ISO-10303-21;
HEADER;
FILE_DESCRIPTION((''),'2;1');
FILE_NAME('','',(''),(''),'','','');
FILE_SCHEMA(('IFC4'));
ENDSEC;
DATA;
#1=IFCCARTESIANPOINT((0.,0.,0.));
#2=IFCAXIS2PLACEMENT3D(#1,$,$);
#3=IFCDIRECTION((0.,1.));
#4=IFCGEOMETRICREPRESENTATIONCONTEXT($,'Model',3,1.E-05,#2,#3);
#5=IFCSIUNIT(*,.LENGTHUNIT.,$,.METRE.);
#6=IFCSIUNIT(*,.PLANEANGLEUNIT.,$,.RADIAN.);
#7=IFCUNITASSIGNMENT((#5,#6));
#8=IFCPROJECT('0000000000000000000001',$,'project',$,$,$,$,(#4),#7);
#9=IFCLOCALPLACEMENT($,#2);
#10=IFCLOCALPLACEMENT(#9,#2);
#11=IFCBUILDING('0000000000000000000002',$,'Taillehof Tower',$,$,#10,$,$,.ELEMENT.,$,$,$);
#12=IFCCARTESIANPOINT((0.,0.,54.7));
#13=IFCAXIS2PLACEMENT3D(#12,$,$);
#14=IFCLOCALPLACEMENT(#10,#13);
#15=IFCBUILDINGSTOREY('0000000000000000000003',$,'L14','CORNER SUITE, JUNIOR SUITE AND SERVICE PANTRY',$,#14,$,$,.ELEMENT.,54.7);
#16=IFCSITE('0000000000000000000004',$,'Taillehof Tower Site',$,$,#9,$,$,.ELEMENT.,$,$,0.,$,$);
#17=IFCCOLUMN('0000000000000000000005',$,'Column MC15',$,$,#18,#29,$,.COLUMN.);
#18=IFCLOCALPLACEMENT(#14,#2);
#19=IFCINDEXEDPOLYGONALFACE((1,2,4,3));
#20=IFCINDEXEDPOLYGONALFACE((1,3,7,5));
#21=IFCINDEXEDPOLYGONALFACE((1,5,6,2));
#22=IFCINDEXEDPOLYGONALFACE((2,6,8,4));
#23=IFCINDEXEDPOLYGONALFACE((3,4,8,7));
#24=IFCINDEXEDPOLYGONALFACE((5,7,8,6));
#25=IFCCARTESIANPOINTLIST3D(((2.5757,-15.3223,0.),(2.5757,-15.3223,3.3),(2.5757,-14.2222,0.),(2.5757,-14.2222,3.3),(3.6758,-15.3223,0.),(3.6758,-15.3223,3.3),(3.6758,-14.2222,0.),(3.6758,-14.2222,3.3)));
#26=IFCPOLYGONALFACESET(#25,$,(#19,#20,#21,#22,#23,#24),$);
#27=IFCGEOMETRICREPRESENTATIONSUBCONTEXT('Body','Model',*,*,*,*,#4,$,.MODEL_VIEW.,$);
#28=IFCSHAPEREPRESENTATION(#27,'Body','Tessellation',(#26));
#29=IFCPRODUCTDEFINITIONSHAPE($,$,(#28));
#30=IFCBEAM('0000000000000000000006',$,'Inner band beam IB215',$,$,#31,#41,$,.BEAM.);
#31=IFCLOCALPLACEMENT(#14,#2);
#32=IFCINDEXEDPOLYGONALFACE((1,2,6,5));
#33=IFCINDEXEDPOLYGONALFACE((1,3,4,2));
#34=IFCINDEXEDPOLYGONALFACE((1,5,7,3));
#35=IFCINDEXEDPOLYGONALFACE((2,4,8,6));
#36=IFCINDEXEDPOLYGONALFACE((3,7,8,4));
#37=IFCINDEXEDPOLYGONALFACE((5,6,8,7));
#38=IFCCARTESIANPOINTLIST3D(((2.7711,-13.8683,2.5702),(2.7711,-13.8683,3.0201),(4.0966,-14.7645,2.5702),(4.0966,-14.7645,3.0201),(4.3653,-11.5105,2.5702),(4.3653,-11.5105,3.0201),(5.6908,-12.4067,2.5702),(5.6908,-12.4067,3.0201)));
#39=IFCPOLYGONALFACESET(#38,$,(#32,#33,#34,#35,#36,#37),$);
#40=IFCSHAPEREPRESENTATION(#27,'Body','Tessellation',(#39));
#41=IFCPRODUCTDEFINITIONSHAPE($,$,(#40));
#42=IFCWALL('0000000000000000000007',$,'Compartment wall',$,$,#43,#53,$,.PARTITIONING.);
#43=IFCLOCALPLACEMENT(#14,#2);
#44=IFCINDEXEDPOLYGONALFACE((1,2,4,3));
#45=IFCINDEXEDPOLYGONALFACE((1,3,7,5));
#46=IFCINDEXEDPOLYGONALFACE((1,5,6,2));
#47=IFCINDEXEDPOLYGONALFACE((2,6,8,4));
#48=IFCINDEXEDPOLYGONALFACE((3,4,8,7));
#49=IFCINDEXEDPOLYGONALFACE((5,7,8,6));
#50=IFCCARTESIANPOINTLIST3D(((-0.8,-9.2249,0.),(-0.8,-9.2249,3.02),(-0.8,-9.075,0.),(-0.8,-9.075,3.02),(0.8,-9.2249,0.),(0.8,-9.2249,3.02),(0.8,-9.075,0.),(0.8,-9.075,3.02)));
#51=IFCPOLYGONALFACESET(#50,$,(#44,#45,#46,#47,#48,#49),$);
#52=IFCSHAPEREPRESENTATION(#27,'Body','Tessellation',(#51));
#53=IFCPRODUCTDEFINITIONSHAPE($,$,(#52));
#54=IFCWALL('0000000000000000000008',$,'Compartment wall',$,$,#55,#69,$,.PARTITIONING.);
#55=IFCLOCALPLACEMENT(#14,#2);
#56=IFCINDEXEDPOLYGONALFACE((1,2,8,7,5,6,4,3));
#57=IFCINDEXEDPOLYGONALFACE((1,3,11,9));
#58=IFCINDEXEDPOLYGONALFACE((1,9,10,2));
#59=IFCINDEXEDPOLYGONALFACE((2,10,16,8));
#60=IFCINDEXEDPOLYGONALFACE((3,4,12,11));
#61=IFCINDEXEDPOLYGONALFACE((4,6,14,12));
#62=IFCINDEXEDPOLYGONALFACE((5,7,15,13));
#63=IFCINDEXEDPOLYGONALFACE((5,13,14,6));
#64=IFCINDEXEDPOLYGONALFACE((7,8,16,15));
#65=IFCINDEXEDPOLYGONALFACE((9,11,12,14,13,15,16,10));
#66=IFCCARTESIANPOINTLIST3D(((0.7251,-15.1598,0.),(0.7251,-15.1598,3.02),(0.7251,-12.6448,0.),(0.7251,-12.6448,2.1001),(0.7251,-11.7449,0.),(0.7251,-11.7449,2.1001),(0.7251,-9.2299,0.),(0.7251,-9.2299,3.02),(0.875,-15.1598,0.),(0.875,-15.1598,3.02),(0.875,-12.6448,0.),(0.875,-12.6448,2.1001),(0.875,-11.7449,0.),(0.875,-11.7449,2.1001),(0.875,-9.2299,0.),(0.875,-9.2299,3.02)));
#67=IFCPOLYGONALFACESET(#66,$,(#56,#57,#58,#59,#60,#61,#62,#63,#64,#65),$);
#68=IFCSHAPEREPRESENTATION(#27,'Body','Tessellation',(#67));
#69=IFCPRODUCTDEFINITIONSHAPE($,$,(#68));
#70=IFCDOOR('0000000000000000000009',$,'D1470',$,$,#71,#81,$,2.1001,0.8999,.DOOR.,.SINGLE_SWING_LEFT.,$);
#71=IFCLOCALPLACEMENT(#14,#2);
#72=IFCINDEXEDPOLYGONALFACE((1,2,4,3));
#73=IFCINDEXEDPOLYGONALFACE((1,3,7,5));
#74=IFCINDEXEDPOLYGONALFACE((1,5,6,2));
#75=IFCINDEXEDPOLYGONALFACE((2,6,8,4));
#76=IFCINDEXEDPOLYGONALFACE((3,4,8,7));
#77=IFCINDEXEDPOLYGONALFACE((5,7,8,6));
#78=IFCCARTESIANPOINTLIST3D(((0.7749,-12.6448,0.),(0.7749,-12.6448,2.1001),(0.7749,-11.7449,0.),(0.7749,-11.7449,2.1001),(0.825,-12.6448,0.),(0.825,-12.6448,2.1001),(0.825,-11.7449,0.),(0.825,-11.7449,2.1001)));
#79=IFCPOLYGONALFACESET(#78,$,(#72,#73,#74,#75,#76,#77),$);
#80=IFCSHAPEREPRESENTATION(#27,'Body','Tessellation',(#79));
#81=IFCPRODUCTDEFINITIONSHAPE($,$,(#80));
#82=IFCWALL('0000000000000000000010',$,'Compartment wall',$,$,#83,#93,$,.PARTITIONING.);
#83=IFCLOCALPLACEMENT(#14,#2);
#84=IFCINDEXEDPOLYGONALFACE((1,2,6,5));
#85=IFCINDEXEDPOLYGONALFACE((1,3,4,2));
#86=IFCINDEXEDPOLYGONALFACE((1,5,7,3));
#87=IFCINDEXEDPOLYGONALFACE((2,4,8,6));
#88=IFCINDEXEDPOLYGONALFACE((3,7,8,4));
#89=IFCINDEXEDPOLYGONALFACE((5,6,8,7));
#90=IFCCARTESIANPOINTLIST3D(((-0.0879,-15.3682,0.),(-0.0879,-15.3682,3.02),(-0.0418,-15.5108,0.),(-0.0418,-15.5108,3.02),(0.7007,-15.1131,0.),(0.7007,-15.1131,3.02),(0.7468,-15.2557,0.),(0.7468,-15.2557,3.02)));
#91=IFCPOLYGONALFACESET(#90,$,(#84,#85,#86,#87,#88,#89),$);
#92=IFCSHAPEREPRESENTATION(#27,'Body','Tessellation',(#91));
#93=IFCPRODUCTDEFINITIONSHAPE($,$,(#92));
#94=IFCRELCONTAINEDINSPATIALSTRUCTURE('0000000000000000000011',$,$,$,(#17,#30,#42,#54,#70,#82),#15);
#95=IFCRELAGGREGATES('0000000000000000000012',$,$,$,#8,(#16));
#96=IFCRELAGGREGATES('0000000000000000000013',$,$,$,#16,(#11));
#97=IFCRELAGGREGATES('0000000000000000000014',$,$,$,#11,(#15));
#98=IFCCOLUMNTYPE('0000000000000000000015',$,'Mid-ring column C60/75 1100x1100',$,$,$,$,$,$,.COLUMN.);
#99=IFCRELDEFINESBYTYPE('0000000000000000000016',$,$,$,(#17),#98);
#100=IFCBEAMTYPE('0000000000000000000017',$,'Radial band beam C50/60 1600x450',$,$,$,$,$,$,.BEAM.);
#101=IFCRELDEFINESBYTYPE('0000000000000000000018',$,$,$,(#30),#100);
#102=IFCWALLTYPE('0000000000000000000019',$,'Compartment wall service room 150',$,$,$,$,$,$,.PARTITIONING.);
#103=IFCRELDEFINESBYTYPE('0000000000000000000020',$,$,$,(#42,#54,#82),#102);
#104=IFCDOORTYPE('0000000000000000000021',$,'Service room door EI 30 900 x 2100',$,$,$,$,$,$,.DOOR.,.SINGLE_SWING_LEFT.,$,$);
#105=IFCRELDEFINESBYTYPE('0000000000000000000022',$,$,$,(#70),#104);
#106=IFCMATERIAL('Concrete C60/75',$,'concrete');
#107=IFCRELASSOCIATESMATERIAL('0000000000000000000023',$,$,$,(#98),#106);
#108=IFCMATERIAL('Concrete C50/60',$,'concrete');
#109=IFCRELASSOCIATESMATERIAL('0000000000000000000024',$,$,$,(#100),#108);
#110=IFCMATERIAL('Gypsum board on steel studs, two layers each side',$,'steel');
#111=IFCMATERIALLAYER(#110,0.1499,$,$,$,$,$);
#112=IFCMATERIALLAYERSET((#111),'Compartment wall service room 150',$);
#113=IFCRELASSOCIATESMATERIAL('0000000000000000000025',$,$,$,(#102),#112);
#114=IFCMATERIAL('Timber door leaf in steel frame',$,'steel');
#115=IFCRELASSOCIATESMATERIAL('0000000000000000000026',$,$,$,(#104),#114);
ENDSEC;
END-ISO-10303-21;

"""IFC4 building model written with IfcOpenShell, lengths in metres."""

from ifc_helpers import new_model, si_unit, direction, frame, frame_2d, origin, origin_2d, place, context, subcontext, project, spatial, rectangle, extrude, material, layer, layer_set, material_profile, profile_set, type_object, element, fill, save


model = new_model("IFC4")

# Units and contexts
model_context = context("Model", 3, precision=1e-05, world=origin(), true_north=direction((0.0, 1.0)))
body_context = subcontext(model_context, "Body", "Model", "MODEL_VIEW")
ifc_project = project(units=[si_unit("LENGTHUNIT", "METRE"), si_unit("PLANEANGLEUNIT", "RADIAN")], contexts=[model_context])

# Site, building, storey
site_placement = place(None, origin())
site = spatial("IfcSite", under=ifc_project, at=site_placement, Name="Taillehof Tower Site", CompositionType="ELEMENT", RefElevation=0.0)
building_placement = place(site_placement, origin())
building = spatial("IfcBuilding", under=site, at=building_placement, Name="Taillehof Tower", CompositionType="ELEMENT")
storey_placement = place(building_placement, frame((0.0, 0.0, 54.7)))
storey = spatial("IfcBuildingStorey", under=building, at=storey_placement, Name="L14", Description="CORNER SUITE, JUNIOR SUITE AND SERVICE PANTRY", CompositionType="ELEMENT", Elevation=54.7)

# Column
ifc_material_1 = material(Name="Concrete C60/75", Category="concrete")
ifc_material_profile_1 = material_profile(ifc_material_1, rectangle(XDim=1.1001, YDim=1.1001, at=origin_2d()), Name="RC 1100x1100")
ifc_profile_set_1 = profile_set([ifc_material_profile_1], Name="Concrete C60/75")
column_type = type_object("IfcColumnType", Name="Mid-ring column C60/75 1100x1100", PredefinedType="COLUMN", material=ifc_profile_set_1)
column_placement = place(storey_placement, frame((3.1257, -14.7722, 0.0), z_axis=(0.0, 0.0, 1.0), x_axis=(1.0, 0.0, 0.0)))
element("IfcColumn", 1, at=column_placement, inside=storey, type_object=column_type, Name="Column MC15", PredefinedType="COLUMN", context=body_context, shape_type="SweptSolid", body=[
    extrude(rectangle(XDim=1.1001, YDim=1.1001, at=origin_2d()), origin(), (0.0, 0.0, 1.0), 3.3),
])

# Beam
ifc_material_2 = material(Name="Concrete C50/60", Category="concrete")
ifc_material_profile_2 = material_profile(ifc_material_2, rectangle(XDim=1.6001, YDim=0.45, at=origin_2d()), Name="RC 1600x450")
ifc_profile_set_2 = profile_set([ifc_material_profile_2], Name="Concrete C50/60")
beam_type = type_object("IfcBeamType", Name="Radial band beam C50/60 1600x450", PredefinedType="BEAM", material=ifc_profile_set_2)
beam_placement = place(storey_placement, frame((3.4338, -14.3164, 2.7952), z_axis=(0.560112, 0.828417, 0.0), x_axis=(-0.828417, 0.560112, 0.0)))
element("IfcBeam", 2, at=beam_placement, inside=storey, type_object=beam_type, Name="Inner band beam IB215", PredefinedType="BEAM", context=body_context, shape_type="SweptSolid", body=[
    extrude(rectangle(XDim=1.6001, YDim=0.45, at=origin_2d()), origin(), (0.0, 0.0, 1.0), 2.8462),
])

# Wall
ifc_material_3 = material(Name="Gypsum board on steel studs, two layers each side", Category="steel")
ifc_layer_1 = layer(ifc_material_3, 0.1499)
ifc_layer_set_1 = layer_set([ifc_layer_1], Name="Compartment wall service room 150")
wall_type_1 = type_object("IfcWallType", Name="Compartment wall service room 150", PredefinedType="PARTITIONING", material=ifc_layer_set_1)
wall_1_placement = place(storey_placement, frame((-0.8, -9.1499, 0.0), z_axis=(0.0, 0.0, 1.0), x_axis=(1.0, 0.0, 0.0)))
element("IfcWall", 3, at=wall_1_placement, inside=storey, type_object=wall_type_1, Name="Compartment wall", PredefinedType="PARTITIONING", context=body_context, shape_type="SweptSolid", body=[
    extrude(rectangle(XDim=1.6001, YDim=0.1499, at=frame_2d((0.8, 0.0))), origin(), (0.0, 0.0, 1.0), 3.02),
])

# Wall, opening, door
wall_2_placement = place(storey_placement, frame((0.8, -9.23, 0.0), z_axis=(0.0, 0.0, 1.0), x_axis=(0.0, -1.0, 0.0)))
wall_2 = element("IfcWall", 4, at=wall_2_placement, inside=storey, type_object=wall_type_1, Name="Compartment wall", PredefinedType="PARTITIONING", context=body_context, shape_type="SweptSolid", body=[
    extrude(rectangle(XDim=5.9299, YDim=0.1499, at=frame_2d((2.9648, 0.0))), origin(), (0.0, 0.0, 1.0), 3.02),
])
opening_1_placement = place(wall_2_placement, frame((2.5149, 0.0, 0.0)))
opening_1 = element("IfcOpeningElement", 5, at=opening_1_placement, cuts=wall_2, PredefinedType="OPENING", context=body_context, shape_type="SweptSolid", body=[
    extrude(rectangle(XDim=0.8999, YDim=2.1001, at=frame_2d((0.45, 1.05))), frame((0.0, 0.085, 0.0), z_axis=(0.0, -1.0, 0.0), x_axis=(1.0, 0.0, 0.0)), (0.0, 0.0, 1.0), 0.1699),
])
ifc_material_4 = material(Name="Timber door leaf in steel frame", Category="steel")
door_type_1 = type_object("IfcDoorType", Name="Service room door EI 30 900 x 2100", OperationType="SINGLE_SWING_LEFT", PredefinedType="DOOR", material=ifc_material_4)
door_1_placement = place(opening_1_placement, origin())
door_1 = element("IfcDoor", 6, at=door_1_placement, inside=storey, type_object=door_type_1, Name="D1470", OperationType="SINGLE_SWING_LEFT", OverallHeight=2.1001, OverallWidth=0.8999, PredefinedType="DOOR", context=body_context, shape_type="SweptSolid", body=[
    extrude(rectangle(XDim=0.8999, YDim=2.1001, at=frame_2d((0.45, 1.05))), frame((0.0, 0.0249, 0.0), z_axis=(0.0, -1.0, 0.0), x_axis=(1.0, 0.0, 0.0)), (0.0, 0.0, 1.0), 0.05),
])
fill(opening_1, door_1)

# Wall
wall_3_placement = place(storey_placement, frame((0.7239, -15.1843, 0.0), z_axis=(0.0, 0.0, 1.0), x_axis=(-0.951445, -0.30782, 0.0)))
element("IfcWall", 7, at=wall_3_placement, inside=storey, type_object=wall_type_1, Name="Compartment wall", PredefinedType="PARTITIONING", context=body_context, shape_type="SweptSolid", body=[
    extrude(rectangle(XDim=0.8289, YDim=0.1499, at=frame_2d((0.4146, 0.0))), origin(), (0.0, 0.0, 1.0), 3.02),
])

save(model, "model.ifc")
